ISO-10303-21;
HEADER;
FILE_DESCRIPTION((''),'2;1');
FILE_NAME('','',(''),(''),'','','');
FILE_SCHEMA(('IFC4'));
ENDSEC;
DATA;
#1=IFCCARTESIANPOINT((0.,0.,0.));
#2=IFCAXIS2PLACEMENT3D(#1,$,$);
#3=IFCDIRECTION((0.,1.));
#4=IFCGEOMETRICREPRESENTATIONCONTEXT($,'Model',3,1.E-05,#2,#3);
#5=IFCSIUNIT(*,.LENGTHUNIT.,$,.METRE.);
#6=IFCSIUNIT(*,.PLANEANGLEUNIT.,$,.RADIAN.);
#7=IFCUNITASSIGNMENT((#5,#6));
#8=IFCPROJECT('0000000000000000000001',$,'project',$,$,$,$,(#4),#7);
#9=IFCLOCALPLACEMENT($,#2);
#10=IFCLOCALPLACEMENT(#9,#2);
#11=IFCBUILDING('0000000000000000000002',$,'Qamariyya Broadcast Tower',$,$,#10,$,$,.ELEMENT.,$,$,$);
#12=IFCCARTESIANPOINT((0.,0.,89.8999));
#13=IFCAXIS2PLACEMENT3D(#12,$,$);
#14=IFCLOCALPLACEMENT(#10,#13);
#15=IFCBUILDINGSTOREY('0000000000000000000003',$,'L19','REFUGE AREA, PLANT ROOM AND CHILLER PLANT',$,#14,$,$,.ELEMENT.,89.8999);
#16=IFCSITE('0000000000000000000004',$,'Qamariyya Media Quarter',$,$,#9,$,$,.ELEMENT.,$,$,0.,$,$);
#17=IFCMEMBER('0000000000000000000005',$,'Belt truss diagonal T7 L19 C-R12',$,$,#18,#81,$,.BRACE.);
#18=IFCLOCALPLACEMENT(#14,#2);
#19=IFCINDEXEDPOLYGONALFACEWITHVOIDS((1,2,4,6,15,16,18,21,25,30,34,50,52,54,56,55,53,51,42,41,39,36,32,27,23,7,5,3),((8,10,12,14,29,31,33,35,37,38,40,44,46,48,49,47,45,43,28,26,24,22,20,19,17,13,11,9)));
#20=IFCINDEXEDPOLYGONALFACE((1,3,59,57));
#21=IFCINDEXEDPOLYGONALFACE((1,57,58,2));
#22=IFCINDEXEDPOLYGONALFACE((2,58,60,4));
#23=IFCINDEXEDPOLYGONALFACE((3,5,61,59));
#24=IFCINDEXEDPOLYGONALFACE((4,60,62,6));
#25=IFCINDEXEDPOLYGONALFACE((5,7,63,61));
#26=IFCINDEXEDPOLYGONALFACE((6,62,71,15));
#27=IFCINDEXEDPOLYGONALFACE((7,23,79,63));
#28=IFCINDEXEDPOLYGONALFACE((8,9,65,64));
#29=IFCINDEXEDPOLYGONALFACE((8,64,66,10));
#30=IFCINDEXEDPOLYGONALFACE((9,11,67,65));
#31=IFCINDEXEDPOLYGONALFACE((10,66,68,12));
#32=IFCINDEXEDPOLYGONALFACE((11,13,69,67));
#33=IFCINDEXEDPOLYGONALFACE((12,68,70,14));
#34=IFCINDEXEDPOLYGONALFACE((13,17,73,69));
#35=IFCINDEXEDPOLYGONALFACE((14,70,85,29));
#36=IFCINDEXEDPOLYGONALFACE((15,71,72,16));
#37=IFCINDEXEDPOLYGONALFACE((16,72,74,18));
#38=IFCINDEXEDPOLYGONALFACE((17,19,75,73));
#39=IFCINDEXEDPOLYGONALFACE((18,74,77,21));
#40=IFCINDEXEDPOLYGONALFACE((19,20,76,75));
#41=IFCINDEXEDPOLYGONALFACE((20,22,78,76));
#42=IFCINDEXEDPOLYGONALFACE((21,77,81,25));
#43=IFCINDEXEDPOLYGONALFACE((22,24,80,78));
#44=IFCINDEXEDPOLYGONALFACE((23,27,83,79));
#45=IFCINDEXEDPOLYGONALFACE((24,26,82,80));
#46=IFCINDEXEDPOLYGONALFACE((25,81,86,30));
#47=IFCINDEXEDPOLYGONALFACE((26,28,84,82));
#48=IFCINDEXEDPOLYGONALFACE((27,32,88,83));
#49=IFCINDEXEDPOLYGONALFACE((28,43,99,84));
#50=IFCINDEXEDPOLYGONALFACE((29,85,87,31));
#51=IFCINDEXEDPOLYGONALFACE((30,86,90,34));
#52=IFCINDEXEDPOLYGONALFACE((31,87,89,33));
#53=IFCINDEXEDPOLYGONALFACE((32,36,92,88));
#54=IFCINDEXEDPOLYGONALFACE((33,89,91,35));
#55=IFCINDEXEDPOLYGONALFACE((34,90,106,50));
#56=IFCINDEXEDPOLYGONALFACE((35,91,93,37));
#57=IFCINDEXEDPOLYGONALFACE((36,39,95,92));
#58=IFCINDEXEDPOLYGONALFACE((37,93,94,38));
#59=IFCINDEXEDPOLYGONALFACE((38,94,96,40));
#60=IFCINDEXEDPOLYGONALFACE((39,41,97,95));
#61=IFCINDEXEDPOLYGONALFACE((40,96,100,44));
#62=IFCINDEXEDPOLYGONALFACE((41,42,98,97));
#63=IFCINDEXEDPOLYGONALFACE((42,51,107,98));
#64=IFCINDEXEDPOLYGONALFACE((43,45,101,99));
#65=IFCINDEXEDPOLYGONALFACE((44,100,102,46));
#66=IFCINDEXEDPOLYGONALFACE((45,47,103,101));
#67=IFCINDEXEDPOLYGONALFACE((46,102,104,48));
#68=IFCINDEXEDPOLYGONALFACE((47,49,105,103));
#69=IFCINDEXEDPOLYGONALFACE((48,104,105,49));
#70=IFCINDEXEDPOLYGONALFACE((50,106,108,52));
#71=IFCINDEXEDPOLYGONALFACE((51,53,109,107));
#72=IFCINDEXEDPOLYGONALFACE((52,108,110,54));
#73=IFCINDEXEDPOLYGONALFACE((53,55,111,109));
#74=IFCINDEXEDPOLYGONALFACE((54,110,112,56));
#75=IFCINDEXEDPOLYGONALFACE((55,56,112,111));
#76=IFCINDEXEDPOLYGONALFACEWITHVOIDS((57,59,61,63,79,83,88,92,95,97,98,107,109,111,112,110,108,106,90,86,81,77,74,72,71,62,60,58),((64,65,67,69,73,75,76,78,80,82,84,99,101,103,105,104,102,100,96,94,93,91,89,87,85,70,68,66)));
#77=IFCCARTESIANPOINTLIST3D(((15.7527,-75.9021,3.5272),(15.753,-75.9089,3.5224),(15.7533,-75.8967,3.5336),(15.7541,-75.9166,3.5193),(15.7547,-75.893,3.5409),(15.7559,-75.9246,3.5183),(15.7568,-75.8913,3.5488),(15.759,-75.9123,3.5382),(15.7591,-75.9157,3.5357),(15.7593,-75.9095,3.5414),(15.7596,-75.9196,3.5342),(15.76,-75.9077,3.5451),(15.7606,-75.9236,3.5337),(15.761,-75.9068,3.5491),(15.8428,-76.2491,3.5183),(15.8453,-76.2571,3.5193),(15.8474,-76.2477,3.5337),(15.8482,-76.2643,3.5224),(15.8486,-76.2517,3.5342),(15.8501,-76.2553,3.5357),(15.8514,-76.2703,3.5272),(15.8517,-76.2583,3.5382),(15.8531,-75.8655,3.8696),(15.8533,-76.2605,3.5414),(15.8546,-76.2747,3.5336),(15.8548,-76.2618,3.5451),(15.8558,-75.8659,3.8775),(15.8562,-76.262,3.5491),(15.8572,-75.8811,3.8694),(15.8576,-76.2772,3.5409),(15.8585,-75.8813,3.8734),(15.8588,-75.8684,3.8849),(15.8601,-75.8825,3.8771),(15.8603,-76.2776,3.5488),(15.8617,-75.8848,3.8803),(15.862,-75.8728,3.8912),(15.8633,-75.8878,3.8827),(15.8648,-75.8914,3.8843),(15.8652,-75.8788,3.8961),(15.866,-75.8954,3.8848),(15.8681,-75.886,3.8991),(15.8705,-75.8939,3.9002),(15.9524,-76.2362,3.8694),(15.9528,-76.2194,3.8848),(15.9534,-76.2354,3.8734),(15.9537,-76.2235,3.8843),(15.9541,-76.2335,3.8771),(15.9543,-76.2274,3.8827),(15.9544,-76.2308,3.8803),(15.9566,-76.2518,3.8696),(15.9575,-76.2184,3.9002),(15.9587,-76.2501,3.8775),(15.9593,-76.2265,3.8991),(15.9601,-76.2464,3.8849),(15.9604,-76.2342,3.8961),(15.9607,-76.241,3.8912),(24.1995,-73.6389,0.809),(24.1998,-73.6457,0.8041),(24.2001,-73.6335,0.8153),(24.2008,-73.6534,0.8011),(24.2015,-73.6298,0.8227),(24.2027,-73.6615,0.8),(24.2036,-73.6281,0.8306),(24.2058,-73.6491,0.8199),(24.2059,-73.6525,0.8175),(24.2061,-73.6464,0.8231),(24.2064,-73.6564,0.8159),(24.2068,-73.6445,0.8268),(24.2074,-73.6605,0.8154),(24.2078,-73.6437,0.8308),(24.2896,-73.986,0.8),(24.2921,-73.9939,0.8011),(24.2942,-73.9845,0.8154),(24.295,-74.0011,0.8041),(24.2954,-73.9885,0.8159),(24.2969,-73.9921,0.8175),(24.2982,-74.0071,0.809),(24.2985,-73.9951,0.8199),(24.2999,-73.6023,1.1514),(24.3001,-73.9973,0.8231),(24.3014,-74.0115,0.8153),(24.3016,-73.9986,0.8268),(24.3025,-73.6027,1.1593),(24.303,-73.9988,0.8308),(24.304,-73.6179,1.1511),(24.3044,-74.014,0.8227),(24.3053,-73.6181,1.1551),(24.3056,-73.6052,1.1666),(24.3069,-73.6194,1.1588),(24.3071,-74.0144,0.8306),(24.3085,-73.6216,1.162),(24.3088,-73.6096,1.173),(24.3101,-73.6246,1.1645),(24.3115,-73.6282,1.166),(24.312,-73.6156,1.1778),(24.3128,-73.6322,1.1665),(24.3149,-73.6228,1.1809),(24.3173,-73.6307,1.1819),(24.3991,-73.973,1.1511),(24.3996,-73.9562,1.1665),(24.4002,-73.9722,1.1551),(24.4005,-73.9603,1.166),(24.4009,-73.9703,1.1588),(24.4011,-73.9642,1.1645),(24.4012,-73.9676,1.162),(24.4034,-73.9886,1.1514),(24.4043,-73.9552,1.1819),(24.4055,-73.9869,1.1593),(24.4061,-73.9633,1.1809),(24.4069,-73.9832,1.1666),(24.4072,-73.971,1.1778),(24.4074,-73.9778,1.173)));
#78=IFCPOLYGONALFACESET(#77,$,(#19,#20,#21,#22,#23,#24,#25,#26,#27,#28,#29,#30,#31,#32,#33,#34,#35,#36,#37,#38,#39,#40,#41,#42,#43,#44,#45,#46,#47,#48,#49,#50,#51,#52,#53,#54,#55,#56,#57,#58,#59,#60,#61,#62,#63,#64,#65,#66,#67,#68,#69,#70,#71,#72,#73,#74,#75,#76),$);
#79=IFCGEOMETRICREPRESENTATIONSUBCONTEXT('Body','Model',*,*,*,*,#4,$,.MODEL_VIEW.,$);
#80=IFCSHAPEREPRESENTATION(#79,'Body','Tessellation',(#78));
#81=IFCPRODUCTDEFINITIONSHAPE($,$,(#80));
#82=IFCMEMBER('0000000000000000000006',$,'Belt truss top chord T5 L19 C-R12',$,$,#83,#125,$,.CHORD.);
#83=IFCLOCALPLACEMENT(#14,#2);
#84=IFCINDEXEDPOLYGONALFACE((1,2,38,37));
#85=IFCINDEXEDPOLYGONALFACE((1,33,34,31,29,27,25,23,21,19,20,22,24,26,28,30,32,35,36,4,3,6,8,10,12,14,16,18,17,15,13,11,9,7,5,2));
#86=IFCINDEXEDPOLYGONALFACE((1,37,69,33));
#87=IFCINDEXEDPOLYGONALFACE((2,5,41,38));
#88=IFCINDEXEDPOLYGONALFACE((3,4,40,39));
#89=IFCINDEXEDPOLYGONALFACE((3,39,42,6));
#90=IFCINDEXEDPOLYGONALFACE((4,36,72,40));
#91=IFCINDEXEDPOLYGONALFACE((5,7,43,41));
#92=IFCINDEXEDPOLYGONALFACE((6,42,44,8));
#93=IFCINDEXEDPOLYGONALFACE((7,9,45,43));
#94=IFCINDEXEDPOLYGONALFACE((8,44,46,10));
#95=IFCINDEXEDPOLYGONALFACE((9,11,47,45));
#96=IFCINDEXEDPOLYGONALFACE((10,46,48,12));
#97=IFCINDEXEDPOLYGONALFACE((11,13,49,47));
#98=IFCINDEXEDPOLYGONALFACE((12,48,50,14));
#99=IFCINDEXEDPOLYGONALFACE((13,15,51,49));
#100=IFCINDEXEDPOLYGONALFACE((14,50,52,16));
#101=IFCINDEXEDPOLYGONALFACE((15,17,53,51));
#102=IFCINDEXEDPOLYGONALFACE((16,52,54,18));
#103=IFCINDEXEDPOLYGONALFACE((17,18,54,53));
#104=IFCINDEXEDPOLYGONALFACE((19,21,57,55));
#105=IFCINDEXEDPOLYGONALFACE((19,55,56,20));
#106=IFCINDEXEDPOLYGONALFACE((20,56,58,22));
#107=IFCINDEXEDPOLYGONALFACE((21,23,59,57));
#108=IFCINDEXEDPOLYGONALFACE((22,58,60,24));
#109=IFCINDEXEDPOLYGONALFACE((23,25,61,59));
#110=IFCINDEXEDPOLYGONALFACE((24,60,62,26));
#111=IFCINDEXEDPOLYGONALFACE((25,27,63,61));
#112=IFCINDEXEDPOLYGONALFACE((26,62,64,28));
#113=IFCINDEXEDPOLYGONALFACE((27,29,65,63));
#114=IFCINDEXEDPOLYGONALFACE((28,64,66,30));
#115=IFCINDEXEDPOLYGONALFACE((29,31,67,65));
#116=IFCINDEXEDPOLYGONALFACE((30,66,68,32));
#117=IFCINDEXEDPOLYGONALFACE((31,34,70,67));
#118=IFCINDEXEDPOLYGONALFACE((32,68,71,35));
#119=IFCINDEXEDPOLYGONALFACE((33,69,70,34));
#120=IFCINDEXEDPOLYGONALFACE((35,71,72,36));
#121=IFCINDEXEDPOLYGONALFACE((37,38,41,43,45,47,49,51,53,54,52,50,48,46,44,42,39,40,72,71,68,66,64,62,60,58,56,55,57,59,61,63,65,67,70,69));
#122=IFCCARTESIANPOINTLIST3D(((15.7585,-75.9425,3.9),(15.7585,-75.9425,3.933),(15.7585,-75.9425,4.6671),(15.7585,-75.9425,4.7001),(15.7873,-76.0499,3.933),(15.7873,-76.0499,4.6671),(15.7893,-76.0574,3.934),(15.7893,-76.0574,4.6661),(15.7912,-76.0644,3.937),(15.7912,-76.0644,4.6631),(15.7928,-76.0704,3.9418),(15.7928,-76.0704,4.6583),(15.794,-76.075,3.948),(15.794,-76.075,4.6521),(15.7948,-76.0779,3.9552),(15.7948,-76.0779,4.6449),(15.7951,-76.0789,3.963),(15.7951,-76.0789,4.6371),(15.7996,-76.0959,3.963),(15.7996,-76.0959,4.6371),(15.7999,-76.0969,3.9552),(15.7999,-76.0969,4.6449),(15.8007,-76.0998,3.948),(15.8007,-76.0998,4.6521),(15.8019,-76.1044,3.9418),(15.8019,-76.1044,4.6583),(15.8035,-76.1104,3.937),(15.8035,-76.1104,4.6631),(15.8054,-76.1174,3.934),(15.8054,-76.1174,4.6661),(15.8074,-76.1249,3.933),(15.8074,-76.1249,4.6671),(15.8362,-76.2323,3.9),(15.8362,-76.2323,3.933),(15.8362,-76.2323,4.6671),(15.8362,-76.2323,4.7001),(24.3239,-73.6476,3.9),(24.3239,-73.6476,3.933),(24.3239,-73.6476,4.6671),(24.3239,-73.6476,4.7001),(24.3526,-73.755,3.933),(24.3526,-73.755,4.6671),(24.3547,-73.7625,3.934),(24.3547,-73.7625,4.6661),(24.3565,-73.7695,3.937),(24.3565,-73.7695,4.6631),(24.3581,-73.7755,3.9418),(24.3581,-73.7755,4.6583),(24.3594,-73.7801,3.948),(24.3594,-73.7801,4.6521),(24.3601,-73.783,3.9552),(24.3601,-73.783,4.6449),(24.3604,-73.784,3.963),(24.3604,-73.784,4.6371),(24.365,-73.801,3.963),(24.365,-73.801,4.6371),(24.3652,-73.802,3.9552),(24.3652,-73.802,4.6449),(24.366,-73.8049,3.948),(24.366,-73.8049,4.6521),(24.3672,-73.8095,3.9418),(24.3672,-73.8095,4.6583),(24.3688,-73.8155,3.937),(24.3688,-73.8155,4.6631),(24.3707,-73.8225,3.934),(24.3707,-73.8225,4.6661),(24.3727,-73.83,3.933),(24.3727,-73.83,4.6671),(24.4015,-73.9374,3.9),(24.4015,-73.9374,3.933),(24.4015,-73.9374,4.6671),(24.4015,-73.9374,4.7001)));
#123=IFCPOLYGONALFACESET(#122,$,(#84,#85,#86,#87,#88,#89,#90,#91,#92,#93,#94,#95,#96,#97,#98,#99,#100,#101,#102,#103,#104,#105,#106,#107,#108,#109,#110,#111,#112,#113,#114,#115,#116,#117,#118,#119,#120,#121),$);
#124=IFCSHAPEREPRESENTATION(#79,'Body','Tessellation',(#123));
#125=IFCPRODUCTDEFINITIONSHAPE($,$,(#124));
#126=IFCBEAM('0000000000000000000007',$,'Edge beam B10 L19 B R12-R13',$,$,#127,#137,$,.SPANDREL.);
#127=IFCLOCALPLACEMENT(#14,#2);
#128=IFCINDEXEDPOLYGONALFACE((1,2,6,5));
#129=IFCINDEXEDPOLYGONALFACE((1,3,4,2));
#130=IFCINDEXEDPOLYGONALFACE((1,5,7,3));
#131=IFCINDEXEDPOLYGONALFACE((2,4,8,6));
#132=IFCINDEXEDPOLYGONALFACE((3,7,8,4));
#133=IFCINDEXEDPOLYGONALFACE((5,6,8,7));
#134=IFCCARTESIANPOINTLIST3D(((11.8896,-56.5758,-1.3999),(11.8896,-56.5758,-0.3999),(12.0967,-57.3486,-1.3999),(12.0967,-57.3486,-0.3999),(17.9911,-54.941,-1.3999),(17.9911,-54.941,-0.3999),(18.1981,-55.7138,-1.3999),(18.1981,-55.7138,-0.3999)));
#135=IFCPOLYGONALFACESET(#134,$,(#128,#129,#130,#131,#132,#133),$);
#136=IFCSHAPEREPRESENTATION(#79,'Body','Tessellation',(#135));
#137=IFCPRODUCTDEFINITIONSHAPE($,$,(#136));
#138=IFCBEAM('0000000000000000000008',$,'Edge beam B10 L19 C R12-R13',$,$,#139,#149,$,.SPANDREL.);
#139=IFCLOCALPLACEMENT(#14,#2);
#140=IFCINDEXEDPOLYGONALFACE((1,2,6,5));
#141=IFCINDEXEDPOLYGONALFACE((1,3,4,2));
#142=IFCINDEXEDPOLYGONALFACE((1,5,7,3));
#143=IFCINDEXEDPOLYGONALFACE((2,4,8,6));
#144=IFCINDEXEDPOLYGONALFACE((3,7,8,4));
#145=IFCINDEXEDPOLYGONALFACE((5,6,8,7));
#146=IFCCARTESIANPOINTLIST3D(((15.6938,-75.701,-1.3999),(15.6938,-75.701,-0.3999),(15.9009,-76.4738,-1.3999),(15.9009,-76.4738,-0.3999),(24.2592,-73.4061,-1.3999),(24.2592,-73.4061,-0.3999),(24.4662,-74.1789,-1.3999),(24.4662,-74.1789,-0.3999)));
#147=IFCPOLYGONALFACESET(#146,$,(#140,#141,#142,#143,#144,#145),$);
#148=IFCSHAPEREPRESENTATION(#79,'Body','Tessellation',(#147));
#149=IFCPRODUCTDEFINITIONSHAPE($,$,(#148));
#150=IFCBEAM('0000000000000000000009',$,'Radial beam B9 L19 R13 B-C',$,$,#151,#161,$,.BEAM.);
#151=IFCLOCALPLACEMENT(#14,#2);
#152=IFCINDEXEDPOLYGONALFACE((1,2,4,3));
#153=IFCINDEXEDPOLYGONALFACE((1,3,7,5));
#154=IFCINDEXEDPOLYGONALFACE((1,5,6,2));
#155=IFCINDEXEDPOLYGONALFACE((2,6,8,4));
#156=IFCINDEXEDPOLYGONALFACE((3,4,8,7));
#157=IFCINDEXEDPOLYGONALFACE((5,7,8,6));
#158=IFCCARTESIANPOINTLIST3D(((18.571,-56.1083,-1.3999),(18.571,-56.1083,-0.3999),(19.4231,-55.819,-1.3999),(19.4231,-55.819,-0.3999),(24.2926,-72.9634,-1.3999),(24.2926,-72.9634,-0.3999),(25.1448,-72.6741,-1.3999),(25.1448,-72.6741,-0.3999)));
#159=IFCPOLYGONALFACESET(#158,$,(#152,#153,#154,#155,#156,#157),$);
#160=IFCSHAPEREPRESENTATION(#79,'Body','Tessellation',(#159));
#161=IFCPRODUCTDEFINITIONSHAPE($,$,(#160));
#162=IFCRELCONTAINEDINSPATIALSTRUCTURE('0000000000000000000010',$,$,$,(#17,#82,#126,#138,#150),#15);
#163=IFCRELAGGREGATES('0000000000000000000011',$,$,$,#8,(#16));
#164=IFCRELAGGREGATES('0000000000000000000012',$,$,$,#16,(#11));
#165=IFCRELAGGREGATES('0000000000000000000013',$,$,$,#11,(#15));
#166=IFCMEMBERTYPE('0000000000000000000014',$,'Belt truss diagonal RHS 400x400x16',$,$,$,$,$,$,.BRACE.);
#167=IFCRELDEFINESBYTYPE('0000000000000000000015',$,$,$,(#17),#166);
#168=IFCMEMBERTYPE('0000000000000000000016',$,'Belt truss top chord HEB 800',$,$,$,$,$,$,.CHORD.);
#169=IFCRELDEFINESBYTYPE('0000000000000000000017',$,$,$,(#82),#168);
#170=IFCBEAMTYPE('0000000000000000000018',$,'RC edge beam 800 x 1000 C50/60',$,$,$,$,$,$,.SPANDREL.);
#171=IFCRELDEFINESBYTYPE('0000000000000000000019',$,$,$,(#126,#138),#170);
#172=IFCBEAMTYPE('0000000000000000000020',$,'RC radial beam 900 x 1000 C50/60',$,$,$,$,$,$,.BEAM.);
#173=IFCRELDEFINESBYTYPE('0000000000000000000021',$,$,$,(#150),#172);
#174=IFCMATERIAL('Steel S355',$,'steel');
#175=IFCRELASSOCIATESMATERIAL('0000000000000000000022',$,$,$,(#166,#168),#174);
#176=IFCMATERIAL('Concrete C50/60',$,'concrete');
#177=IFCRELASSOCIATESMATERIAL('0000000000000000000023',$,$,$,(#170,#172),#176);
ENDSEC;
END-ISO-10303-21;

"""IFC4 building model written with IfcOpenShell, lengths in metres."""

from ifc_helpers import new_model, si_unit, direction, frame, origin, origin_2d, place, context, subcontext, project, spatial, rectangle, hollow_rectangle, i_section, extrude, material, material_profile, profile_set, type_object, element, save


model = new_model("IFC4")

# Units and contexts
model_context = context("Model", 3, precision=1e-05, world=origin(), true_north=direction((0.0, 1.0)))
body_context = subcontext(model_context, "Body", "Model", "MODEL_VIEW")
ifc_project = project(units=[si_unit("LENGTHUNIT", "METRE"), si_unit("PLANEANGLEUNIT", "RADIAN")], contexts=[model_context])

# Site, building, storey
site_placement = place(None, origin())
site = spatial("IfcSite", under=ifc_project, at=site_placement, Name="Qamariyya Media Quarter", CompositionType="ELEMENT", RefElevation=0.0)
building_placement = place(site_placement, origin())
building = spatial("IfcBuilding", under=site, at=building_placement, Name="Qamariyya Broadcast Tower", CompositionType="ELEMENT")
storey_placement = place(building_placement, frame((0.0, 0.0, 89.8999)))
storey = spatial("IfcBuildingStorey", under=building, at=storey_placement, Name="L19", Description="REFUGE AREA, PLANT ROOM AND CHILLER PLANT", CompositionType="ELEMENT", Elevation=89.8999)

# Members
ifc_material_1 = material(Name="Steel S355", Category="steel")
ifc_material_profile_1 = material_profile(ifc_material_1, hollow_rectangle(XDim=0.3999, YDim=0.3999, WallThickness=0.0161, InnerFilletRadius=0.0161, OuterFilletRadius=0.032, at=origin_2d()))
ifc_profile_set_1 = profile_set([ifc_material_profile_1], Name="Steel S355")
member_type_1 = type_object("IfcMemberType", Name="Belt truss diagonal RHS 400x400x16", PredefinedType="BRACE", material=ifc_profile_set_1)
member_1_placement = place(storey_placement, frame((15.8567, -76.0715, 3.7092), z_axis=(0.922393, 0.247141, -0.296836), x_axis=(-0.258806, 0.965929, 0.0)))
element("IfcMember", 1, at=member_1_placement, inside=storey, type_object=member_type_1, Name="Belt truss diagonal T7 L19 C-R12", PredefinedType="BRACE", context=body_context, shape_type="SweptSolid", body=[
    extrude(hollow_rectangle(XDim=0.3999, YDim=0.3999, WallThickness=0.0161, InnerFilletRadius=0.0161, OuterFilletRadius=0.032, at=origin_2d()), origin(), (0.0, 0.0, 1.0), 9.1575),
])
ifc_material_profile_2 = material_profile(ifc_material_1, i_section(OverallWidth=0.3, OverallDepth=0.8, WebThickness=0.0176, FlangeThickness=0.033, FilletRadius=0.03, at=origin_2d()))
ifc_profile_set_2 = profile_set([ifc_material_profile_2], Name="Steel S355")
member_type_2 = type_object("IfcMemberType", Name="Belt truss top chord HEB 800", PredefinedType="CHORD", material=ifc_profile_set_2)
member_2_placement = place(storey_placement, frame((15.7974, -76.0874, 4.3), z_axis=(0.965931, 0.2588, 0.0), x_axis=(-0.2588, 0.965931, 0.0)))
element("IfcMember", 2, at=member_2_placement, inside=storey, type_object=member_type_2, Name="Belt truss top chord T5 L19 C-R12", PredefinedType="CHORD", context=body_context, shape_type="SweptSolid", body=[
    extrude(i_section(OverallWidth=0.3, OverallDepth=0.8, WebThickness=0.0176, FlangeThickness=0.033, FilletRadius=0.03, at=origin_2d()), origin(), (0.0, 0.0, 1.0), 8.8674),
])

# Beams
ifc_material_2 = material(Name="Concrete C50/60", Category="concrete")
ifc_material_profile_3 = material_profile(ifc_material_2, rectangle(XDim=0.8, YDim=1.0, at=origin_2d()))
ifc_profile_set_3 = profile_set([ifc_material_profile_3], Name="Concrete C50/60")
beam_type_1 = type_object("IfcBeamType", Name="RC edge beam 800 x 1000 C50/60", PredefinedType="SPANDREL", material=ifc_profile_set_3)
beam_1_placement = place(storey_placement, frame((11.9932, -56.9622, -0.8999), z_axis=(0.965931, 0.258798, 0.0), x_axis=(-0.258798, 0.965931, 0.0)))
element("IfcBeam", 3, at=beam_1_placement, inside=storey, type_object=beam_type_1, Name="Edge beam B10 L19 B R12-R13", PredefinedType="SPANDREL", context=body_context, shape_type="SweptSolid", body=[
    extrude(rectangle(XDim=0.8, YDim=1.0, at=origin_2d()), origin(), (0.0, 0.0, 1.0), 6.3167),
])
beam_2_placement = place(storey_placement, frame((15.7974, -76.0874, -0.8999), z_axis=(0.965931, 0.2588, 0.0), x_axis=(-0.2588, 0.965931, 0.0)))
element("IfcBeam", 4, at=beam_2_placement, inside=storey, type_object=beam_type_1, Name="Edge beam B10 L19 C R12-R13", PredefinedType="SPANDREL", context=body_context, shape_type="SweptSolid", body=[
    extrude(rectangle(XDim=0.8, YDim=1.0, at=origin_2d()), origin(), (0.0, 0.0, 1.0), 8.8674),
])
ifc_material_profile_4 = material_profile(ifc_material_2, rectangle(XDim=0.8999, YDim=1.0, at=origin_2d()))
ifc_profile_set_4 = profile_set([ifc_material_profile_4], Name="Concrete C50/60")
beam_type_2 = type_object("IfcBeamType", Name="RC radial beam 900 x 1000 C50/60", PredefinedType="BEAM", material=ifc_profile_set_4)
beam_3_placement = place(storey_placement, frame((18.9971, -55.9636, -0.8999), z_axis=(0.321445, -0.946928, 0.0), x_axis=(0.946928, 0.321445, 0.0)))
element("IfcBeam", 5, at=beam_3_placement, inside=storey, type_object=beam_type_2, Name="Radial beam B9 L19 R13 B-C", PredefinedType="BEAM", context=body_context, shape_type="SweptSolid", body=[
    extrude(rectangle(XDim=0.8999, YDim=1.0, at=origin_2d()), origin(), (0.0, 0.0, 1.0), 17.7998),
])

save(model, "model.ifc")
